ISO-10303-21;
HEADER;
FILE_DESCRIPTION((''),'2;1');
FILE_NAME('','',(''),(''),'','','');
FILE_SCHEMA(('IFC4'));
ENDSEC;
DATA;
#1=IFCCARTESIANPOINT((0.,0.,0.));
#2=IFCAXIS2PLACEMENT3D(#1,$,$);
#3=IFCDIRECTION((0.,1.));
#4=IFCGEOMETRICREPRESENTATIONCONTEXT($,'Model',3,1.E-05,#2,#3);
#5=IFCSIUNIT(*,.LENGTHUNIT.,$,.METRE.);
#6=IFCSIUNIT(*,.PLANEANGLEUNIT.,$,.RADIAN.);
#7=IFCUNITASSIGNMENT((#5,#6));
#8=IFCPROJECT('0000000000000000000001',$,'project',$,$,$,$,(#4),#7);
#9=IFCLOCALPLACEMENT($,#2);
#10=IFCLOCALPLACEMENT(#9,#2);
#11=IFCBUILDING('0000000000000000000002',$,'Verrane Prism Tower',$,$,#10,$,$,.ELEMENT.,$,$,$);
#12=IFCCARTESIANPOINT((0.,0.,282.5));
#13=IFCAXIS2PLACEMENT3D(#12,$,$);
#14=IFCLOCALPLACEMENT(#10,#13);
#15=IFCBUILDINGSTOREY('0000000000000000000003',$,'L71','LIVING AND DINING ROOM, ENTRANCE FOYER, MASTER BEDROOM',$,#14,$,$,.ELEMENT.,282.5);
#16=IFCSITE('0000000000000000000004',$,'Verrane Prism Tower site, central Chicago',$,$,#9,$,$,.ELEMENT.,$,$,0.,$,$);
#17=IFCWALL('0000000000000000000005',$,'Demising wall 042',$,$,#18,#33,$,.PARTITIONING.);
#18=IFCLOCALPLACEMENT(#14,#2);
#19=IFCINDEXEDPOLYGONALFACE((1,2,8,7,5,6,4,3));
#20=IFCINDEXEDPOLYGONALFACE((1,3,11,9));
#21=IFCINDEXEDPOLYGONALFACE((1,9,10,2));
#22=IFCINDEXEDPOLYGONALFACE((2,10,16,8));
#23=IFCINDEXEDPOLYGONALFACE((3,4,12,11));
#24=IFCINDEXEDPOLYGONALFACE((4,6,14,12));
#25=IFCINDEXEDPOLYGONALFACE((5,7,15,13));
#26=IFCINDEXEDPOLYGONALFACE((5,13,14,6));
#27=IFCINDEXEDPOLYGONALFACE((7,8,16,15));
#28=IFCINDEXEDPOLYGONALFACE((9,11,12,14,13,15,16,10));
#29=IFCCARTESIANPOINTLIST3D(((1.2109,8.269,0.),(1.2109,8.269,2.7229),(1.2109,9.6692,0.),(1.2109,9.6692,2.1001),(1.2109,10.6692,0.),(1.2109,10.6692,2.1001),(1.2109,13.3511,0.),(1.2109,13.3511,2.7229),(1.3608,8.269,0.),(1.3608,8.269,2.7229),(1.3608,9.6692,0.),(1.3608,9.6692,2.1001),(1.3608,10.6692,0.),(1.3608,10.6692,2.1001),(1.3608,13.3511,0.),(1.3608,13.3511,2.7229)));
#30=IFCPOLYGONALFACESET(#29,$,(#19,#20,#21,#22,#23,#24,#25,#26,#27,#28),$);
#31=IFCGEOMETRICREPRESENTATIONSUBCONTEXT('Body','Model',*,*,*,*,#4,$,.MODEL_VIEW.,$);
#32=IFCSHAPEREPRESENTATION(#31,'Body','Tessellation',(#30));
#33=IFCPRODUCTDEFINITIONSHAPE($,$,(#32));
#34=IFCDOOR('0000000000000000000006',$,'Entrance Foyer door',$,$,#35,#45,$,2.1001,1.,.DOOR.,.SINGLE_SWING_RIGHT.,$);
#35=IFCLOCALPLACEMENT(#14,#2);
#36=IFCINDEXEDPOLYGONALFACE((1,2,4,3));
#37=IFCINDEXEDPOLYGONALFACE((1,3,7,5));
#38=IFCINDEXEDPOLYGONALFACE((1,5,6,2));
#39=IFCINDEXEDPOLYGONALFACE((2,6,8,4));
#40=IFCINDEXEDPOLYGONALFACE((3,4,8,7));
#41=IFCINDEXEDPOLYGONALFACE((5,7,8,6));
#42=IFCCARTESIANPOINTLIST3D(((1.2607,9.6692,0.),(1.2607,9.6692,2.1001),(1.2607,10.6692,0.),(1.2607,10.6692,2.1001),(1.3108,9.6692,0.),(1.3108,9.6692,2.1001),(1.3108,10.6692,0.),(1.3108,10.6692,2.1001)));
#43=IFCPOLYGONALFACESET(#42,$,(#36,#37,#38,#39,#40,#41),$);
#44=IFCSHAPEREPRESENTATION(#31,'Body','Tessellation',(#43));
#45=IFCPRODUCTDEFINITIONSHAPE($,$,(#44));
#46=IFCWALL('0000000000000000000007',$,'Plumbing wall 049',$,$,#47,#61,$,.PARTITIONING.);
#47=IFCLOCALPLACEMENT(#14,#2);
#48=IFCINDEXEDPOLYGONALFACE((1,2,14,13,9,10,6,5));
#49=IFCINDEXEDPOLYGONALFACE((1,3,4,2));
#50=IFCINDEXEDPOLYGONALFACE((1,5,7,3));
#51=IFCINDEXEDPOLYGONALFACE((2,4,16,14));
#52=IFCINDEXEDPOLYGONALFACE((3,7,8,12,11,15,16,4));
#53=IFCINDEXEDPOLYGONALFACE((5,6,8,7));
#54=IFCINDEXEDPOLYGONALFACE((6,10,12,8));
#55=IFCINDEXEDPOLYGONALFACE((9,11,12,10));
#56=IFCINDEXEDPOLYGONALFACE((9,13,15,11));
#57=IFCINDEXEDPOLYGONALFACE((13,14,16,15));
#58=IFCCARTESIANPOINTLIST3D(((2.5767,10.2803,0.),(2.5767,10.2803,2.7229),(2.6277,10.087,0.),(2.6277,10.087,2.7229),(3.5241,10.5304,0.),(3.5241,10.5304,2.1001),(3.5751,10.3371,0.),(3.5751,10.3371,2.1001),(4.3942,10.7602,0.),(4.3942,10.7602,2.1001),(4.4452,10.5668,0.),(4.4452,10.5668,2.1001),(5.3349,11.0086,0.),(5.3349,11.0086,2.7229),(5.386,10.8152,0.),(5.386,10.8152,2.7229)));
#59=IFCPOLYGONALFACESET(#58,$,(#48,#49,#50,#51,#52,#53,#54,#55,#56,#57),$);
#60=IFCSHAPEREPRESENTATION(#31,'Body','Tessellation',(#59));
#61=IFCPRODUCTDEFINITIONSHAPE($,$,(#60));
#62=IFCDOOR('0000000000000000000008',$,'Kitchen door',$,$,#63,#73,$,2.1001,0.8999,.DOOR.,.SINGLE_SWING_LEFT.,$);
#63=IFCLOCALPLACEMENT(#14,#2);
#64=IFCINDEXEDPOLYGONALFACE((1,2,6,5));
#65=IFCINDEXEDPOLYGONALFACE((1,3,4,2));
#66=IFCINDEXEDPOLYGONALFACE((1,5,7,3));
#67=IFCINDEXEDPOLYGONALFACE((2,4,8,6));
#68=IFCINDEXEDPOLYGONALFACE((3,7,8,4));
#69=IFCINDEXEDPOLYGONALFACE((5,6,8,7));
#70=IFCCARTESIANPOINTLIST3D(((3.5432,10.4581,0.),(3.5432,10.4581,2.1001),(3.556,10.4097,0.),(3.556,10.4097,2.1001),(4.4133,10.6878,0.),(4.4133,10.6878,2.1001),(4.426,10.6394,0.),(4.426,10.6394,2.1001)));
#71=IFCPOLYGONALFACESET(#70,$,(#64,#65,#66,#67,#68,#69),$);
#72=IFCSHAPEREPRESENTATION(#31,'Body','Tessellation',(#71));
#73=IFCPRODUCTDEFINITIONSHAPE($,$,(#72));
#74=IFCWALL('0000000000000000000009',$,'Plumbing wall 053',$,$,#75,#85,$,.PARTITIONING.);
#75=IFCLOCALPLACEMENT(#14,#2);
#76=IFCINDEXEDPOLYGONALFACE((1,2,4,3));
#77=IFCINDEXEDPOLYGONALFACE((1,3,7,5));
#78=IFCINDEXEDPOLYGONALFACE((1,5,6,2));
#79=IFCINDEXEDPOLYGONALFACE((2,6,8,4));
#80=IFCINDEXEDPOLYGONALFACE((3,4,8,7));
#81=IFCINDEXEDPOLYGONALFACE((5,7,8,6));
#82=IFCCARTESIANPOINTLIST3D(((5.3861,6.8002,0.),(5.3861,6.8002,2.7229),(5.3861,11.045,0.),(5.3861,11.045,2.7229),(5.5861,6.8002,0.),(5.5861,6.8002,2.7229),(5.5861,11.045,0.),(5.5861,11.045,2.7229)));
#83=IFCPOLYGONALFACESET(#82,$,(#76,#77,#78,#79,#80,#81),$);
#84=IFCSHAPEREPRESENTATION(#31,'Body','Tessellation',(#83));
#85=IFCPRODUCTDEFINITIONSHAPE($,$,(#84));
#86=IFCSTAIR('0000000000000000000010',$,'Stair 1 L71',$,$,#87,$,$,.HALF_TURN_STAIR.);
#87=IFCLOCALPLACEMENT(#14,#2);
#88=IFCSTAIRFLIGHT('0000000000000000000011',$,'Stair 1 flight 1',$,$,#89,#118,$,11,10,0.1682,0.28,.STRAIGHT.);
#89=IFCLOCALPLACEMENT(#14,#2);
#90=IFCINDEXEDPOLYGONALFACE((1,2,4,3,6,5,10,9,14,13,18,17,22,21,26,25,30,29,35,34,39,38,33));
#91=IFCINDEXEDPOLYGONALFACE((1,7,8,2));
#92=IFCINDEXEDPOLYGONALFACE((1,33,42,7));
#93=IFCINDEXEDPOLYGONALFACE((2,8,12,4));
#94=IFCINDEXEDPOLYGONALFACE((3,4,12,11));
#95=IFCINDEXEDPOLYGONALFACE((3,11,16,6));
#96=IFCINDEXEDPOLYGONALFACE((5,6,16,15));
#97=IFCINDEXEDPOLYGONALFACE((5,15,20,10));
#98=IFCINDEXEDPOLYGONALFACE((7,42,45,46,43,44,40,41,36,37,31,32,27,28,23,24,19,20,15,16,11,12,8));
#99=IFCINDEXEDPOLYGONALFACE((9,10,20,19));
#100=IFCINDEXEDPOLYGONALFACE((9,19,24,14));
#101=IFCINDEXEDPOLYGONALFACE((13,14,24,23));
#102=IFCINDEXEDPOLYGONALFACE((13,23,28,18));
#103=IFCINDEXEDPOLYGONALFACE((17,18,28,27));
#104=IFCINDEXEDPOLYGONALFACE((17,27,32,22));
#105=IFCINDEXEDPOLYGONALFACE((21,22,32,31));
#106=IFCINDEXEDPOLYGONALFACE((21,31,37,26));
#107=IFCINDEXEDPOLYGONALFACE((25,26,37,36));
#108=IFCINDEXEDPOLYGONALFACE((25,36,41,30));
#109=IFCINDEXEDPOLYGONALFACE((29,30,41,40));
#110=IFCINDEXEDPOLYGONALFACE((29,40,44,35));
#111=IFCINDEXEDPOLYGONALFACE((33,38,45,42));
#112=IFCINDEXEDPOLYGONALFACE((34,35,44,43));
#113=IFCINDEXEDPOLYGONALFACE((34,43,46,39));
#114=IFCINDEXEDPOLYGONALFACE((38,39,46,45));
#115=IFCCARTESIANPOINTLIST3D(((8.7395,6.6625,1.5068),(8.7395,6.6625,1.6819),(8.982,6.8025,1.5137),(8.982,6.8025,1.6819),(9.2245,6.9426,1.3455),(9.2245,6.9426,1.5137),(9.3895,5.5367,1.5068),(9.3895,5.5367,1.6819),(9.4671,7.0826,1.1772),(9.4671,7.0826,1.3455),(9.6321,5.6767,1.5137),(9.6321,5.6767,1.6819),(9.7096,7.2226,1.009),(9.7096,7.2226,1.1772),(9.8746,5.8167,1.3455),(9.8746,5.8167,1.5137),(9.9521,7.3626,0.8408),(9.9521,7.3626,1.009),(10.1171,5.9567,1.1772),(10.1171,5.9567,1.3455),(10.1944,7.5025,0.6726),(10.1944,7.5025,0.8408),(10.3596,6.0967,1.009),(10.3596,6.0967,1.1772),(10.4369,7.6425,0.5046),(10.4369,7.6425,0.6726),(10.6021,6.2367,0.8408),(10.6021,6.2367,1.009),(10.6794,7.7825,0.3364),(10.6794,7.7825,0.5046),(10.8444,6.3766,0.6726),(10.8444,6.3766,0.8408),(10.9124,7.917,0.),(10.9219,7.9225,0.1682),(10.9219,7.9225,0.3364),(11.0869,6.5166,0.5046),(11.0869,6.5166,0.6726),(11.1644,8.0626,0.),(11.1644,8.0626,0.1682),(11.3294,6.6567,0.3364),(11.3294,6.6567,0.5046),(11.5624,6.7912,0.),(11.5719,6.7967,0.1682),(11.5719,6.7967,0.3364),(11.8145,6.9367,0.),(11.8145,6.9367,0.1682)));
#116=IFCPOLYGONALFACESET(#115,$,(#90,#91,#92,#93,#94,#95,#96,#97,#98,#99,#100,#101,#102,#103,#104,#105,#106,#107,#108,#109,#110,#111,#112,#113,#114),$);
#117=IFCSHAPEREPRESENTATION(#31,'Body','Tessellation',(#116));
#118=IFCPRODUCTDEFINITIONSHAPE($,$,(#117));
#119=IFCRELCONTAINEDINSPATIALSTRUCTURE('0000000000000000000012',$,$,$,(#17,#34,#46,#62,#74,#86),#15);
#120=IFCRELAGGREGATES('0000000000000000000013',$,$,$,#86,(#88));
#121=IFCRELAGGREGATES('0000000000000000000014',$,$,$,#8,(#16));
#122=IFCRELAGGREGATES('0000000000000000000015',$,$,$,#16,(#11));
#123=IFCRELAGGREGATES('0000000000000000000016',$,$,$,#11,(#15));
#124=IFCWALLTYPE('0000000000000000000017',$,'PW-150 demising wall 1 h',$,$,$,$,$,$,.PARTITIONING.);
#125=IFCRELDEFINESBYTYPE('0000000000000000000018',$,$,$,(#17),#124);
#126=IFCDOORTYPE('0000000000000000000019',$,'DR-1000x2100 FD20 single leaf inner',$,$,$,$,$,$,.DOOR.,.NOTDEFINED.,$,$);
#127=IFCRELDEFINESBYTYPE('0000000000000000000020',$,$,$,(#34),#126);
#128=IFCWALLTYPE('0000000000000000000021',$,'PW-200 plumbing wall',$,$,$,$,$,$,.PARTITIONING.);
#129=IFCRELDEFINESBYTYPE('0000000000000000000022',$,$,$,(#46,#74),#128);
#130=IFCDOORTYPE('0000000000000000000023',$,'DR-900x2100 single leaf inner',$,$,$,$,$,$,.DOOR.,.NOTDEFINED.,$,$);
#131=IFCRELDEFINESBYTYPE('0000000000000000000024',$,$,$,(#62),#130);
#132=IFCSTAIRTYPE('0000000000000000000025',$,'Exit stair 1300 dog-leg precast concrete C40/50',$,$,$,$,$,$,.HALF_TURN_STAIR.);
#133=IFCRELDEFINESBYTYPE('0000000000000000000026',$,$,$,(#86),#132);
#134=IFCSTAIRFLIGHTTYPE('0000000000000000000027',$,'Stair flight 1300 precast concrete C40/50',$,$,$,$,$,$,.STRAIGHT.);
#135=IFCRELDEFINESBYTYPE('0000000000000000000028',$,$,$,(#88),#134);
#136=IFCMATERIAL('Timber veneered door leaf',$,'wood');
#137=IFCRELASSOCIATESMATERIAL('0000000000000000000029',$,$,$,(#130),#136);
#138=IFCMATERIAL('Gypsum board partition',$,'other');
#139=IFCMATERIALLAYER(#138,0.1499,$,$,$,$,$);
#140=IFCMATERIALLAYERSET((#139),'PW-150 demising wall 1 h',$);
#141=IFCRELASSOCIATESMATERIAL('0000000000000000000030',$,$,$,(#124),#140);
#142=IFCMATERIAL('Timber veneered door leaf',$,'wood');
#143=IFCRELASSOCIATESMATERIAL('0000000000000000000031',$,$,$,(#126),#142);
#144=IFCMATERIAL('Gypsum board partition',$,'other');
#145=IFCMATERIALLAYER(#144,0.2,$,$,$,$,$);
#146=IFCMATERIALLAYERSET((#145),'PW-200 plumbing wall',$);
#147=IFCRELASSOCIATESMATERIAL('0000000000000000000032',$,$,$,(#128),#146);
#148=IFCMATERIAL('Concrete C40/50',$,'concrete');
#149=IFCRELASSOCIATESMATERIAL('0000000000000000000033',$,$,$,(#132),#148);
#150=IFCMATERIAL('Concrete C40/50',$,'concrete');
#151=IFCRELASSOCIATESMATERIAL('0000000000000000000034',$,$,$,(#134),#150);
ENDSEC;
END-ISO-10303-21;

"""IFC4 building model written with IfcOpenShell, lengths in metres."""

from ifc_helpers import new_model, si_unit, direction, frame, frame_2d, origin, place, context, subcontext, project, spatial, polyline, rectangle, outline, extrude, material, layer, layer_set, type_object, element, fill, aggregate, save


model = new_model("IFC4")

# Units and contexts
model_context = context("Model", 3, precision=1e-05, world=origin(), true_north=direction((0.0, 1.0)))
body_context = subcontext(model_context, "Body", "Model", "MODEL_VIEW")
ifc_project = project(units=[si_unit("LENGTHUNIT", "METRE"), si_unit("PLANEANGLEUNIT", "RADIAN")], contexts=[model_context])

# Site, building, storey
site_placement = place(None, origin())
site = spatial("IfcSite", under=ifc_project, at=site_placement, Name="Verrane Prism Tower site, central Chicago", CompositionType="ELEMENT", RefElevation=0.0)
building_placement = place(site_placement, origin())
building = spatial("IfcBuilding", under=site, at=building_placement, Name="Verrane Prism Tower", CompositionType="ELEMENT")
storey_placement = place(building_placement, frame((0.0, 0.0, 282.5)))
storey = spatial("IfcBuildingStorey", under=building, at=storey_placement, Name="L71", Description="LIVING AND DINING ROOM, ENTRANCE FOYER, MASTER BEDROOM", CompositionType="ELEMENT", Elevation=282.5)

# Walls, openings, doors
ifc_material_1 = material(Name="Timber veneered door leaf", Category="wood")
door_type_1 = type_object("IfcDoorType", Name="DR-900x2100 single leaf inner", OperationType="NOTDEFINED", PredefinedType="DOOR", material=ifc_material_1)
ifc_material_2 = material(Name="Gypsum board partition", Category="other")
ifc_layer_1 = layer(ifc_material_2, 0.1499)
ifc_layer_set_1 = layer_set([ifc_layer_1], Name="PW-150 demising wall 1 h")
wall_type_1 = type_object("IfcWallType", Name="PW-150 demising wall 1 h", PredefinedType="PARTITIONING", material=ifc_layer_set_1)
wall_1_placement = place(storey_placement, frame((1.2859, 13.3511, 0.0), z_axis=(0.0, 0.0, 1.0), x_axis=(0.0, -1.0, 0.0)))
wall_1 = element("IfcWall", 1, at=wall_1_placement, inside=storey, type_object=wall_type_1, Name="Demising wall 042", PredefinedType="PARTITIONING", context=body_context, shape_type="SweptSolid", body=[
    extrude(rectangle(XDim=5.082, YDim=0.1499, at=frame_2d((2.541, 0.0))), origin(), (0.0, 0.0, 1.0), 2.7229),
])
opening_1_placement = place(wall_1_placement, frame((2.6819, 0.0, 0.0)))
opening_1 = element("IfcOpeningElement", 2, at=opening_1_placement, cuts=wall_1, PredefinedType="OPENING", context=body_context, shape_type="SweptSolid", body=[
    extrude(rectangle(XDim=1.0, YDim=2.1001, at=frame_2d((0.5, 1.05))), frame((0.0, 0.085, 0.0), z_axis=(0.0, -1.0, 0.0), x_axis=(1.0, 0.0, 0.0)), (0.0, 0.0, 1.0), 0.1699),
])
ifc_material_3 = material(Name="Timber veneered door leaf", Category="wood")
door_type_2 = type_object("IfcDoorType", Name="DR-1000x2100 FD20 single leaf inner", OperationType="NOTDEFINED", PredefinedType="DOOR", material=ifc_material_3)
door_1_placement = place(opening_1_placement, origin())
door_1 = element("IfcDoor", 3, at=door_1_placement, inside=storey, type_object=door_type_2, Name="Entrance Foyer door", OperationType="SINGLE_SWING_RIGHT", OverallHeight=2.1001, OverallWidth=1.0, PredefinedType="DOOR", context=body_context, shape_type="SweptSolid", body=[
    extrude(rectangle(XDim=1.0, YDim=2.1001, at=frame_2d((0.5, 1.05))), frame((0.0, 0.0249, 0.0), z_axis=(0.0, -1.0, 0.0), x_axis=(1.0, 0.0, 0.0)), (0.0, 0.0, 1.0), 0.05),
])
fill(opening_1, door_1)
ifc_material_4 = material(Name="Gypsum board partition", Category="other")
ifc_layer_2 = layer(ifc_material_4, 0.2)
ifc_layer_set_2 = layer_set([ifc_layer_2], Name="PW-200 plumbing wall")
wall_type_2 = type_object("IfcWallType", Name="PW-200 plumbing wall", PredefinedType="PARTITIONING", material=ifc_layer_set_2)
wall_2_placement = place(storey_placement, frame((5.3604, 10.9119, 0.0), z_axis=(0.0, 0.0, 1.0), x_axis=(-0.966867, -0.255281, 0.0)))
wall_2 = element("IfcWall", 4, at=wall_2_placement, inside=storey, type_object=wall_type_2, Name="Plumbing wall 049", PredefinedType="PARTITIONING", context=body_context, shape_type="SweptSolid", body=[
    extrude(rectangle(XDim=2.8528, YDim=0.2, at=frame_2d((1.4263, 0.0))), origin(), (0.0, 0.0, 1.0), 2.7229),
])
opening_2_placement = place(wall_2_placement, frame((0.9729, 0.0, 0.0)))
opening_2 = element("IfcOpeningElement", 5, at=opening_2_placement, cuts=wall_2, PredefinedType="OPENING", context=body_context, shape_type="SweptSolid", body=[
    extrude(rectangle(XDim=0.8999, YDim=2.1001, at=frame_2d((0.45, 1.05))), frame((0.0, 0.1099, 0.0), z_axis=(0.0, -1.0, 0.0), x_axis=(1.0, 0.0, 0.0)), (0.0, 0.0, 1.0), 0.22),
])
door_2_placement = place(opening_2_placement, origin())
door_2 = element("IfcDoor", 6, at=door_2_placement, inside=storey, type_object=door_type_1, Name="Kitchen door", OperationType="SINGLE_SWING_LEFT", OverallHeight=2.1001, OverallWidth=0.8999, PredefinedType="DOOR", context=body_context, shape_type="SweptSolid", body=[
    extrude(rectangle(XDim=0.8999, YDim=2.1001, at=frame_2d((0.45, 1.05))), frame((0.0, 0.0249, 0.0), z_axis=(0.0, -1.0, 0.0), x_axis=(1.0, 0.0, 0.0)), (0.0, 0.0, 1.0), 0.05),
])
fill(opening_2, door_2)

# Wall
wall_3_placement = place(storey_placement, frame((5.4861, 6.8, 0.0), z_axis=(0.0, 0.0, 1.0), x_axis=(0.0, 1.0, 0.0)))
element("IfcWall", 7, at=wall_3_placement, inside=storey, type_object=wall_type_2, Name="Plumbing wall 053", PredefinedType="PARTITIONING", context=body_context, shape_type="SweptSolid", body=[
    extrude(rectangle(XDim=4.2449, YDim=0.2, at=frame_2d((2.1226, 0.0))), origin(), (0.0, 0.0, 1.0), 2.7229),
])

# Stair, stair flight
ifc_material_5 = material(Name="Concrete C40/50", Category="concrete")
stair_type = type_object("IfcStairType", Name="Exit stair 1300 dog-leg precast concrete C40/50", PredefinedType="HALF_TURN_STAIR", material=ifc_material_5)
stair_placement = place(storey_placement, origin())
stair = element("IfcStair", 8, at=stair_placement, inside=storey, type_object=stair_type, Name="Stair 1 L71", PredefinedType="HALF_TURN_STAIR")
ifc_material_6 = material(Name="Concrete C40/50", Category="concrete")
stair_flight_type = type_object("IfcStairFlightType", Name="Stair flight 1300 precast concrete C40/50", PredefinedType="STRAIGHT", material=ifc_material_6)
stair_flight_placement = place(storey_placement, frame((11.4895, 7.4995, 0.0), z_axis=(0.0, 0.0, 1.0), x_axis=(-0.866025, -0.5, 0.0)))
stair_flight = element("IfcStairFlight", 9, at=stair_flight_placement, type_object=stair_flight_type, Name="Stair 1 flight 1", NumberOfRisers=11, NumberOfTreads=10, PredefinedType="STRAIGHT", RiserHeight=0.1682, TreadLength=0.28, context=body_context, shape_type="SweptSolid", body=[
    extrude(outline(polyline([(0.0, 0.0), (0.0, 0.1682), (0.28, 0.1682), (0.28, 0.3364), (0.5601, 0.3364), (0.5601, 0.5046), (0.8401, 0.5046), (0.8401, 0.6726), (1.1201, 0.6726), (1.1201, 0.8408), (1.3999, 0.8408), (1.3999, 1.009), (1.6799, 1.009), (1.6799, 1.1772), (1.96, 1.1772), (1.96, 1.3455), (2.24, 1.3455), (2.24, 1.5137), (2.52, 1.5137), (2.52, 1.6819), (2.8, 1.6819), (2.8, 1.8501), (2.8, 1.5068), (0.291, 0.0), (0.0, 0.0)])), frame((0.0, 0.6499, 0.0), z_axis=(0.0, -1.0, 0.0), x_axis=(1.0, 0.0, 0.0)), (0.0, 0.0, 1.0), 1.3),
])
aggregate(stair, [stair_flight])

save(model, "model.ifc")
